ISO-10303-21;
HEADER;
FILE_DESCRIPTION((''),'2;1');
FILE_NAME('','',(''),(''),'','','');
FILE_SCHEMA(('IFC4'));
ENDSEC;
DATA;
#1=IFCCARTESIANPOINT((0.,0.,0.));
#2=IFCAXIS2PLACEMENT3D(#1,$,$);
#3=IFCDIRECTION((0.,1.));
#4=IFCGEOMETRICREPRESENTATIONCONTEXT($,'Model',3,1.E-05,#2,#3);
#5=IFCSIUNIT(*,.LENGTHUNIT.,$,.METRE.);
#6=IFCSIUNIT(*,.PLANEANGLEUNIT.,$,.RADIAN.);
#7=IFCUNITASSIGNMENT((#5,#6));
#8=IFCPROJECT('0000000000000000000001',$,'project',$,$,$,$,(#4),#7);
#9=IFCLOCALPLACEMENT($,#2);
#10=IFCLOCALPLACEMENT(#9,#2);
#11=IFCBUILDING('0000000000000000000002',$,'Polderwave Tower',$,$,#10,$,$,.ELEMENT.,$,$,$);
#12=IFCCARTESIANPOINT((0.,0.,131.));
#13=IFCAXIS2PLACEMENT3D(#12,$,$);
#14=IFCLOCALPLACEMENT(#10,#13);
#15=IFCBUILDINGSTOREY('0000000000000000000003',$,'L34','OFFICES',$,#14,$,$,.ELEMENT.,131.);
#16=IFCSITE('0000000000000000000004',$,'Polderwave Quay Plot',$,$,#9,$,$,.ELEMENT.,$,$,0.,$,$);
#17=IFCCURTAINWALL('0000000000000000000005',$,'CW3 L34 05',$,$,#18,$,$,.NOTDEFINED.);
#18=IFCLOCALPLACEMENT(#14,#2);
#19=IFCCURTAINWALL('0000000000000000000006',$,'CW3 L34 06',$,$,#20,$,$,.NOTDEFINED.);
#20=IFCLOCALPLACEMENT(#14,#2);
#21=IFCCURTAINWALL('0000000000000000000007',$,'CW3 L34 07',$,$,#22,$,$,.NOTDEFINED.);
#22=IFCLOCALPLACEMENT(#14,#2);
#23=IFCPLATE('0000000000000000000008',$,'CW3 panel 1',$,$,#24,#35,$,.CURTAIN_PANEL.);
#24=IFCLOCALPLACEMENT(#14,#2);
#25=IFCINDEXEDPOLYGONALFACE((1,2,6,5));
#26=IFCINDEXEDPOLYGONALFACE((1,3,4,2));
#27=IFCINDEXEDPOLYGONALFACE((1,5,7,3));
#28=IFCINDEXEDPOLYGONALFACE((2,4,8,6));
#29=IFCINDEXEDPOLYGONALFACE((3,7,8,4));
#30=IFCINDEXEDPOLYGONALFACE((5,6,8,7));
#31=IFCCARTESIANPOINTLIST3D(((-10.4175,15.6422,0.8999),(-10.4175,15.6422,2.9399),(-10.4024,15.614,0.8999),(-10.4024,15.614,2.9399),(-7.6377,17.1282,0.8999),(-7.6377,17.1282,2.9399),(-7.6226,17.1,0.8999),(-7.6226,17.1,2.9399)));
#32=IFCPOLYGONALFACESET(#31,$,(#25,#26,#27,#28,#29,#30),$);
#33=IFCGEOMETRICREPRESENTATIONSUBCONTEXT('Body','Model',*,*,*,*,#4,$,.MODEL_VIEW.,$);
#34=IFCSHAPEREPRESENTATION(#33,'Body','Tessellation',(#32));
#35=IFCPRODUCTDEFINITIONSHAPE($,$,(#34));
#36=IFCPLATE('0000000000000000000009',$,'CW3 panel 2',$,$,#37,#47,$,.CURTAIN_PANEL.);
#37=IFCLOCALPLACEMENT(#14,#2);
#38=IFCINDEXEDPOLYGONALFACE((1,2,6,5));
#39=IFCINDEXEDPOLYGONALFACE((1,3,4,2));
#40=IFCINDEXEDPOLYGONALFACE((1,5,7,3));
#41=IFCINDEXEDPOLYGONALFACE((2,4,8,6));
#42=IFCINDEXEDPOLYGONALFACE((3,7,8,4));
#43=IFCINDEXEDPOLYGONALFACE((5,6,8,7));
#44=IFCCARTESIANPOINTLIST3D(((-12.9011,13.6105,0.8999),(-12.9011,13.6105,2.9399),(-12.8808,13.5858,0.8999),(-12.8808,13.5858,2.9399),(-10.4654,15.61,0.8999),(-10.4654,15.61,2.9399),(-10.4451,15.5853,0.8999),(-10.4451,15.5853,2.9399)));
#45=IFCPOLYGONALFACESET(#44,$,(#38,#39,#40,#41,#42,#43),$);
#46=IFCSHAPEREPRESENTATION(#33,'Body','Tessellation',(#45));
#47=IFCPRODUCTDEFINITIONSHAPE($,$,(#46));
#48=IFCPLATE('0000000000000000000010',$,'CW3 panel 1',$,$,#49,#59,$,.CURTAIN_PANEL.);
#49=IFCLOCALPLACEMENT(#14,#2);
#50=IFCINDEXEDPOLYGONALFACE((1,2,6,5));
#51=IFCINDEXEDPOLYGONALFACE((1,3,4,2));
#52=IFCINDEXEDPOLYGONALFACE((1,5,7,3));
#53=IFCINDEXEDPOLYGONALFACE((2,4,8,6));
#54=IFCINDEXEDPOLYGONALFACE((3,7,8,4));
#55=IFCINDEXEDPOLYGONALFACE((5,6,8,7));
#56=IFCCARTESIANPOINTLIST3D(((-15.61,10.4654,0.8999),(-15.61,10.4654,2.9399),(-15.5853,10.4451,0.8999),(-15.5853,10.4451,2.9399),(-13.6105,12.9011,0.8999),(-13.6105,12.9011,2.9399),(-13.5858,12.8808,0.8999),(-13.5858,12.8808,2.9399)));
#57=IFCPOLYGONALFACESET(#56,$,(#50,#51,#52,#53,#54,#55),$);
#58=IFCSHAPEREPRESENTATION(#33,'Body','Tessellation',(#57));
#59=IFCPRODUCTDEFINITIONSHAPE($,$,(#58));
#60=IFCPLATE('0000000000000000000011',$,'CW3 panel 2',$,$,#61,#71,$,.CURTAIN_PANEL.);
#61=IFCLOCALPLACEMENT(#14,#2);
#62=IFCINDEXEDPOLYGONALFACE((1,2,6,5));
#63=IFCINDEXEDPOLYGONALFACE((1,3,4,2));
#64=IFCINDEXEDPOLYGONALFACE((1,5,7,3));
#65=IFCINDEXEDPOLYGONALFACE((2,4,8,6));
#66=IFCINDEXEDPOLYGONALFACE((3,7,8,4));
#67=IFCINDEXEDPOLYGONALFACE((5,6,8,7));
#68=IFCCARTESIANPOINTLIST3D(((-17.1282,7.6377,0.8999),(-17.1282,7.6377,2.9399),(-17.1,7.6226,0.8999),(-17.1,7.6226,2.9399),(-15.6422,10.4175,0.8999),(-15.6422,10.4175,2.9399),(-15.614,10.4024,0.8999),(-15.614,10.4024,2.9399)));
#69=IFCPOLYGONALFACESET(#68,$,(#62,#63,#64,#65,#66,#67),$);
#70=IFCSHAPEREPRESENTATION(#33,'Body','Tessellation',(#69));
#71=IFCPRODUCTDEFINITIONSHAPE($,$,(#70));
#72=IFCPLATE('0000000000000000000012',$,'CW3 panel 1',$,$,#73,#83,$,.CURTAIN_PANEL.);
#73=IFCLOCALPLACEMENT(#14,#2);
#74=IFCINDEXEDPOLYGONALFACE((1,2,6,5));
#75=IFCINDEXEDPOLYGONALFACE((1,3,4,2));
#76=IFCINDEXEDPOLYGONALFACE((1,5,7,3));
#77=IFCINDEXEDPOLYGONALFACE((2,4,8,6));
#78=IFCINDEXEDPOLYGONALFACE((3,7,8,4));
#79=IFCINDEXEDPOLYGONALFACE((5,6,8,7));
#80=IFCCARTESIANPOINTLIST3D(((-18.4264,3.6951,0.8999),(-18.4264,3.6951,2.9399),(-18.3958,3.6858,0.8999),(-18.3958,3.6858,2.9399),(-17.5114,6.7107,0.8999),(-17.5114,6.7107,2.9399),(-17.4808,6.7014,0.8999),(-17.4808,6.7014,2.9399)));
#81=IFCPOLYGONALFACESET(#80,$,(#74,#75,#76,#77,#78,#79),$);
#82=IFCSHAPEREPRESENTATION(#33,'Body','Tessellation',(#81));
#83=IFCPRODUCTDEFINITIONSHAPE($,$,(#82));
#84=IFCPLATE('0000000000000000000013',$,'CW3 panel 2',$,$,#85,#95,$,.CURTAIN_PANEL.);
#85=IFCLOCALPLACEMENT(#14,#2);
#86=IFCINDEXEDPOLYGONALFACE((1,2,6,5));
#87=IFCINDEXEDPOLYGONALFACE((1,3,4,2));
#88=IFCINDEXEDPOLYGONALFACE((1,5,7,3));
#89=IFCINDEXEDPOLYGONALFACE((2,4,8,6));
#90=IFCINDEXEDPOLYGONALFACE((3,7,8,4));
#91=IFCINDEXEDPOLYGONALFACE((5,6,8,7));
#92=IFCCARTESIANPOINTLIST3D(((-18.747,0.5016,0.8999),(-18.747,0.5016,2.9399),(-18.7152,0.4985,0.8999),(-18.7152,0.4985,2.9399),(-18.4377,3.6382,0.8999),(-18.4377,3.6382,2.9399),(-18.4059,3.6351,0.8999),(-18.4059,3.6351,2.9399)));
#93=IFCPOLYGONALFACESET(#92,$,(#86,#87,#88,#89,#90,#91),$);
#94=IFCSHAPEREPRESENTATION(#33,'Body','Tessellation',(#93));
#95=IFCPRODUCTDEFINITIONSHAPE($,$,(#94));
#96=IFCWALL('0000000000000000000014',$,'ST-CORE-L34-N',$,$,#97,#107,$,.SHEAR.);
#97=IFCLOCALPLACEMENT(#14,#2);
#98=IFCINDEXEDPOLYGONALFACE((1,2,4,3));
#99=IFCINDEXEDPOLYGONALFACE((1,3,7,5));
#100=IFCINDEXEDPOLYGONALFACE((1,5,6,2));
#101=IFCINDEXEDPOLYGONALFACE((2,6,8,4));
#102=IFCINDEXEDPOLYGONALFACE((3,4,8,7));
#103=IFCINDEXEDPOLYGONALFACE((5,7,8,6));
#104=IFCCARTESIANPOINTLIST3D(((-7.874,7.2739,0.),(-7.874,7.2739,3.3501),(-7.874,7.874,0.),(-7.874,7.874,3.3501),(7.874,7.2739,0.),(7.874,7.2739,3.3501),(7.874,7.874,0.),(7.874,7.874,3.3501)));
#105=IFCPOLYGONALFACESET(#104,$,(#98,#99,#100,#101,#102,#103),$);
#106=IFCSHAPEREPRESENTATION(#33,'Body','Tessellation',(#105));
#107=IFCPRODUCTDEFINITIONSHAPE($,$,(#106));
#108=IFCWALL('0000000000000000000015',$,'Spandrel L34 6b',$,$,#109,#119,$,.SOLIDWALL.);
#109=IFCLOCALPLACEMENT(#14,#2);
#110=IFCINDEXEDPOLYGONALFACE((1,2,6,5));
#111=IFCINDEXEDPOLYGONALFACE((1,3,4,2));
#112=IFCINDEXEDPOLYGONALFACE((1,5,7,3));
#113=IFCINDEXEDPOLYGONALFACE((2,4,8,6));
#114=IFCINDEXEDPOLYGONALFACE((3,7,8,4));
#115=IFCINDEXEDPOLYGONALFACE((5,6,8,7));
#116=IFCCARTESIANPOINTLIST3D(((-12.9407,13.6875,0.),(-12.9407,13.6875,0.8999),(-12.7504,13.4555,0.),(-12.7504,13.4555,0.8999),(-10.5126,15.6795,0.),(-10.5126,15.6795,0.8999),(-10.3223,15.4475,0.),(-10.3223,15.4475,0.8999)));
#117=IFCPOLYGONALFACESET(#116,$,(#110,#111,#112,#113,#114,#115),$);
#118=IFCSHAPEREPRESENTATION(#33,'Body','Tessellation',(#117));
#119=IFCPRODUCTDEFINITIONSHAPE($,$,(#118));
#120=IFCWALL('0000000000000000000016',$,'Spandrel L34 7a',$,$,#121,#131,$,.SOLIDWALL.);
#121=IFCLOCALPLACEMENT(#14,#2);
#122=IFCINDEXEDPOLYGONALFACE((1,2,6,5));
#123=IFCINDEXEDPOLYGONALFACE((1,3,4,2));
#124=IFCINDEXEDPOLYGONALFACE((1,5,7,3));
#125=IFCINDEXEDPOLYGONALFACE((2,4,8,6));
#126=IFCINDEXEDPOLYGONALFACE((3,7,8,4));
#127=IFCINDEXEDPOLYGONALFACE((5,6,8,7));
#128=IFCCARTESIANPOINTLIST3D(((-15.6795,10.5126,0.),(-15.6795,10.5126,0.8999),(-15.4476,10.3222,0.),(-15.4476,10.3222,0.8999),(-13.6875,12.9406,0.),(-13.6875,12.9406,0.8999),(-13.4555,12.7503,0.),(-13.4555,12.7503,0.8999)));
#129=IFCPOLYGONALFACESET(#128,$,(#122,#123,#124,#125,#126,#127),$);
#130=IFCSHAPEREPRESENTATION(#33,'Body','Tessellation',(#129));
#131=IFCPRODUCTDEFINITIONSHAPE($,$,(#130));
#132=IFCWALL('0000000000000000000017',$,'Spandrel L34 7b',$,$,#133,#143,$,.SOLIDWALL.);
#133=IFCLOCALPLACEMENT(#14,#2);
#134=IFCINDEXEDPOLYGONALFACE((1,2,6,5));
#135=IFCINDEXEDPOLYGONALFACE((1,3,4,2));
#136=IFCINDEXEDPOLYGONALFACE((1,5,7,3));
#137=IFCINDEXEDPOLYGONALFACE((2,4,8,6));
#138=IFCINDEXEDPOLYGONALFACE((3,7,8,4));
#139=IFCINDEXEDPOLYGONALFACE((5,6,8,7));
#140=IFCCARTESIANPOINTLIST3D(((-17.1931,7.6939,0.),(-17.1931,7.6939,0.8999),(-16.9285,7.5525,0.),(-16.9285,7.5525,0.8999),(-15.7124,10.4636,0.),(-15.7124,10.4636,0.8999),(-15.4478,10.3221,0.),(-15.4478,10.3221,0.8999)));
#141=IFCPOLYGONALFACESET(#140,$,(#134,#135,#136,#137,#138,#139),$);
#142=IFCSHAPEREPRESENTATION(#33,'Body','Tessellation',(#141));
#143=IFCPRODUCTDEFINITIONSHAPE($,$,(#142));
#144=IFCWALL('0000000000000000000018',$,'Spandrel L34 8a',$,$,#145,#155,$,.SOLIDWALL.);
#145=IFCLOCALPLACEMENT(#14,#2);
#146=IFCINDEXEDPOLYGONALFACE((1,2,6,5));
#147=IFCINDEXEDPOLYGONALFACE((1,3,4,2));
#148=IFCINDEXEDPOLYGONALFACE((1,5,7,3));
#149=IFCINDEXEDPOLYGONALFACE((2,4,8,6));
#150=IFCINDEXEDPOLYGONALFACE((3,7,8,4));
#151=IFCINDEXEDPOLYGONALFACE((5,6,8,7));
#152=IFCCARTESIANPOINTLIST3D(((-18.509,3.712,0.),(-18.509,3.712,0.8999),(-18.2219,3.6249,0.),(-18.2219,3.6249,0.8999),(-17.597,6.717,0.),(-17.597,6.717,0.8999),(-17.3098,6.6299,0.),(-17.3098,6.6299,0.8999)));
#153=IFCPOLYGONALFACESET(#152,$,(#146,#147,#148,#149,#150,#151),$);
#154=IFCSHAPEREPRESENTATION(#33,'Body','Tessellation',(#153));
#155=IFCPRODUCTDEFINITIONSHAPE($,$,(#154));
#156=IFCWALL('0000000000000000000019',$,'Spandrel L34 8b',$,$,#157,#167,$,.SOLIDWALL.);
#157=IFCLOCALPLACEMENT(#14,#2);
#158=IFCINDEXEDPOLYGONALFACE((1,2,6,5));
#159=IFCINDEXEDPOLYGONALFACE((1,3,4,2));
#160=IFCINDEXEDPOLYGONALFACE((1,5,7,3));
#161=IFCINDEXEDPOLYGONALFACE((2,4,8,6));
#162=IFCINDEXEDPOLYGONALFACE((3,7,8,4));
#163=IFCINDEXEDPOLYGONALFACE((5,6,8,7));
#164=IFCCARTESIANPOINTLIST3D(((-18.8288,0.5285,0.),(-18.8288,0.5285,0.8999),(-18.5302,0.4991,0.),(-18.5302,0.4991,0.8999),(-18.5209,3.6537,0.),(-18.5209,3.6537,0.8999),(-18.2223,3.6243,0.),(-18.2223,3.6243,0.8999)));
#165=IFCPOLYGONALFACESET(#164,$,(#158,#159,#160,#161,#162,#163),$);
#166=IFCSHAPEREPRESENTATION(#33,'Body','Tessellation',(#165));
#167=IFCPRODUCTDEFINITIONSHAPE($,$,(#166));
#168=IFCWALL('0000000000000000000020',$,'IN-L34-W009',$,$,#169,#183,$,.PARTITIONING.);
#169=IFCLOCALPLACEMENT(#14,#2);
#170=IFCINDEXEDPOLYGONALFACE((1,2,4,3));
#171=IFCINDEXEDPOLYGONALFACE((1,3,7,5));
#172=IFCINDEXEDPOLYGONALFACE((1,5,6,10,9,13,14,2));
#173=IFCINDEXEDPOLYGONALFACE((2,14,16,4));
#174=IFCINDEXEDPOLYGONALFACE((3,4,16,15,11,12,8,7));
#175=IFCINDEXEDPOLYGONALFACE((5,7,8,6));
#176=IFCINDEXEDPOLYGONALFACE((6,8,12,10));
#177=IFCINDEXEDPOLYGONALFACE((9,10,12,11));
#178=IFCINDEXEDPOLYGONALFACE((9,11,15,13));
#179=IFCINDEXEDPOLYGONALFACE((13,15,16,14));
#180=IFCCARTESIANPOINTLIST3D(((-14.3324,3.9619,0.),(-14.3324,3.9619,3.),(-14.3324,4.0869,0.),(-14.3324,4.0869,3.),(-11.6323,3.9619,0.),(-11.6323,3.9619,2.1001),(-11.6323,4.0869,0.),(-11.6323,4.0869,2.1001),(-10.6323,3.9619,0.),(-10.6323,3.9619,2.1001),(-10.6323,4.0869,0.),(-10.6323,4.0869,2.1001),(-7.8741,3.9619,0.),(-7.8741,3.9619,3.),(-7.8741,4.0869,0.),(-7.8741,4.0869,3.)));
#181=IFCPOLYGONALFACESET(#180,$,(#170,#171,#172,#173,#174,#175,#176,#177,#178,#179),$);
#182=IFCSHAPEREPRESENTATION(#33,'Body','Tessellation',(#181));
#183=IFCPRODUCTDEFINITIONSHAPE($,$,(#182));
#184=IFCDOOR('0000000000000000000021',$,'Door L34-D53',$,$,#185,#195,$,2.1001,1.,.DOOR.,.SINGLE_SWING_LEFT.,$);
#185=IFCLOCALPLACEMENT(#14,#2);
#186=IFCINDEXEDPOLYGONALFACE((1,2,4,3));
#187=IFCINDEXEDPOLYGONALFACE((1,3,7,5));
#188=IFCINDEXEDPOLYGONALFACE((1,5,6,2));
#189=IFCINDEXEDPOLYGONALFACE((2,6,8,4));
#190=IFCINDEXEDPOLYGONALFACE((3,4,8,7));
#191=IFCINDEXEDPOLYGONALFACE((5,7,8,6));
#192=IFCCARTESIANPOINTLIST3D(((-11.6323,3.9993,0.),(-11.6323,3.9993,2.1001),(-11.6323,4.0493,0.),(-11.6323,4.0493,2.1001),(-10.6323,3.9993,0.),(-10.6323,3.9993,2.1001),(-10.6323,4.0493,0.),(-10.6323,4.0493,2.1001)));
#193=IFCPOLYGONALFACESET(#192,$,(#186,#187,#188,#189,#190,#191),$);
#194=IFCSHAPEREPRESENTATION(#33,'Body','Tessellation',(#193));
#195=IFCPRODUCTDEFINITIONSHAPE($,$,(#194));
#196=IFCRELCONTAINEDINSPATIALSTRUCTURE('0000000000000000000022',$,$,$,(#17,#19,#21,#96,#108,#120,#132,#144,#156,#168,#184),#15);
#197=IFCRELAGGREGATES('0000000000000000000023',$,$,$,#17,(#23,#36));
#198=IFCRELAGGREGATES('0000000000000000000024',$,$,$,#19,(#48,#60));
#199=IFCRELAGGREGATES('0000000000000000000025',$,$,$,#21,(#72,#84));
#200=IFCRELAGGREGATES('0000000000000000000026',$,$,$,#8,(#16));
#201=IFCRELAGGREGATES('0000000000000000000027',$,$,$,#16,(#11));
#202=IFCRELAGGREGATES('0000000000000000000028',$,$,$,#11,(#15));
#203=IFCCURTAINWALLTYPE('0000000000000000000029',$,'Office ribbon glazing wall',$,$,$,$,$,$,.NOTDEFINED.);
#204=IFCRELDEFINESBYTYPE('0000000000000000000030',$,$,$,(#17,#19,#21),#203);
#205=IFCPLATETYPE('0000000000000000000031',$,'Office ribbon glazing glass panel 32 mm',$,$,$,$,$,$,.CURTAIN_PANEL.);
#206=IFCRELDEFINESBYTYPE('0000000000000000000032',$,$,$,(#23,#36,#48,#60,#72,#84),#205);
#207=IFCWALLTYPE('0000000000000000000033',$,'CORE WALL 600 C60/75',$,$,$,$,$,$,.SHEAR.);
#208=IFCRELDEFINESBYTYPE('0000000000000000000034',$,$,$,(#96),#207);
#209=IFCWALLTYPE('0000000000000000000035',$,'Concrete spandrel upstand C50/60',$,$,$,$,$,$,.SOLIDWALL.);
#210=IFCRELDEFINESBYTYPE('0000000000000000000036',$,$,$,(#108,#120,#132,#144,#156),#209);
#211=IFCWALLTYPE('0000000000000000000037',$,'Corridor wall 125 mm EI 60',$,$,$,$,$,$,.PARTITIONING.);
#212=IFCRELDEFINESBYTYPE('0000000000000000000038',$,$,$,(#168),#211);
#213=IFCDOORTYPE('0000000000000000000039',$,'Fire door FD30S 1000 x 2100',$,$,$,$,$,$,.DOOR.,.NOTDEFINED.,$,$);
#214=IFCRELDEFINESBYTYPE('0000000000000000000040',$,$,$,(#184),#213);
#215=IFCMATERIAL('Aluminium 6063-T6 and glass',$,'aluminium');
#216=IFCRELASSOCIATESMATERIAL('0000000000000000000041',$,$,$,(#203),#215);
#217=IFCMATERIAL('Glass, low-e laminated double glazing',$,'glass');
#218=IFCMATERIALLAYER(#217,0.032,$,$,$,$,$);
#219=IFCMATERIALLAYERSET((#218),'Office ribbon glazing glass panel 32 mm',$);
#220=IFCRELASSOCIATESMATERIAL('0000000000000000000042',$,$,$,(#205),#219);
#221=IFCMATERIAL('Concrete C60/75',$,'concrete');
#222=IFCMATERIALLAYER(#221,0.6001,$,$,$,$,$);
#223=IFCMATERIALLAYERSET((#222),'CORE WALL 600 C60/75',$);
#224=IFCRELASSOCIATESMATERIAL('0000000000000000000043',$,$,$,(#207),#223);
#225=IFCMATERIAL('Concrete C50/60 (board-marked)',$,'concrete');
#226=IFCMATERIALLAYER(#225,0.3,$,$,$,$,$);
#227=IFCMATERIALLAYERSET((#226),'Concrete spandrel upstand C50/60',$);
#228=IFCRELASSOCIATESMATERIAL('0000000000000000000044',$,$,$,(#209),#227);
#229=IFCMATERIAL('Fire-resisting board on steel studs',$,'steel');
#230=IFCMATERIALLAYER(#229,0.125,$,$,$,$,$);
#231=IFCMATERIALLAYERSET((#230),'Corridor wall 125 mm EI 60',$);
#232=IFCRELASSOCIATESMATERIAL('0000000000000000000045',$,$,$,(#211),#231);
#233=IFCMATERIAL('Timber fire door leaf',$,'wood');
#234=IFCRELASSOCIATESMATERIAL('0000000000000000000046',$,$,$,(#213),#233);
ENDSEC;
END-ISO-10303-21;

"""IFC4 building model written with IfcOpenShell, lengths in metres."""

from ifc_helpers import new_model, si_unit, direction, frame, frame_2d, origin, origin_2d, place, context, subcontext, project, spatial, rectangle, extrude, material, layer, layer_set, type_object, element, fill, aggregate, save


model = new_model("IFC4")

# Units and contexts
model_context = context("Model", 3, precision=1e-05, world=origin(), true_north=direction((0.0, 1.0)))
body_context = subcontext(model_context, "Body", "Model", "MODEL_VIEW")
ifc_project = project(units=[si_unit("LENGTHUNIT", "METRE"), si_unit("PLANEANGLEUNIT", "RADIAN")], contexts=[model_context])

# Site, building, storey
site_placement = place(None, origin())
site = spatial("IfcSite", under=ifc_project, at=site_placement, Name="Polderwave Quay Plot", CompositionType="ELEMENT", RefElevation=0.0)
building_placement = place(site_placement, origin())
building = spatial("IfcBuilding", under=site, at=building_placement, Name="Polderwave Tower", CompositionType="ELEMENT")
storey_placement = place(building_placement, frame((0.0, 0.0, 131.0)))
storey = spatial("IfcBuildingStorey", under=building, at=storey_placement, Name="L34", Description="OFFICES", CompositionType="ELEMENT", Elevation=131.0)

# Shared definitions
ifc_material_1 = material(Name="Concrete C60/75", Category="concrete")

# Curtain walls
ifc_material_2 = material(Name="Aluminium 6063-T6 and glass", Category="aluminium")
curtain_wall_type = type_object("IfcCurtainWallType", Name="Office ribbon glazing wall", PredefinedType="NOTDEFINED", material=ifc_material_2)
curtain_wall_1_placement = place(storey_placement, origin())
curtain_wall_1 = element("IfcCurtainWall", 1, at=curtain_wall_1_placement, inside=storey, type_object=curtain_wall_type, Name="CW3 L34 05", PredefinedType="NOTDEFINED")
curtain_wall_2_placement = place(storey_placement, origin())
curtain_wall_2 = element("IfcCurtainWall", 2, at=curtain_wall_2_placement, inside=storey, type_object=curtain_wall_type, Name="CW3 L34 06", PredefinedType="NOTDEFINED")
curtain_wall_3_placement = place(storey_placement, origin())
curtain_wall_3 = element("IfcCurtainWall", 3, at=curtain_wall_3_placement, inside=storey, type_object=curtain_wall_type, Name="CW3 L34 07", PredefinedType="NOTDEFINED")

# Plates
ifc_material_3 = material(Name="Glass, low-e laminated double glazing", Category="glass")
ifc_layer_1 = layer(ifc_material_3, 0.032)
ifc_layer_set_1 = layer_set([ifc_layer_1], Name="Office ribbon glazing glass panel 32 mm")
plate_type = type_object("IfcPlateType", Name="Office ribbon glazing glass panel 32 mm", PredefinedType="CURTAIN_PANEL", material=ifc_layer_set_1)
plate_1_placement = place(storey_placement, frame((-9.02, 16.3711, 0.8999), z_axis=(0.0, 0.0, 1.0), x_axis=(-0.881891, -0.471454, 0.0)))
plate_1 = element("IfcPlate", 4, at=plate_1_placement, type_object=plate_type, Name="CW3 panel 1", PredefinedType="CURTAIN_PANEL", context=body_context, shape_type="SweptSolid", body=[
    extrude(rectangle(XDim=3.1521, YDim=0.032, at=origin_2d()), origin(), (0.0, 0.0, 1.0), 2.04),
])
plate_2_placement = place(storey_placement, frame((-11.6731, 14.5979, 0.8999), z_axis=(0.0, 0.0, 1.0), x_axis=(-0.772919, -0.634505, 0.0)))
plate_2 = element("IfcPlate", 5, at=plate_2_placement, type_object=plate_type, Name="CW3 panel 2", PredefinedType="CURTAIN_PANEL", context=body_context, shape_type="SweptSolid", body=[
    extrude(rectangle(XDim=3.1514, YDim=0.032, at=origin_2d()), origin(), (0.0, 0.0, 1.0), 2.04),
])
aggregate(curtain_wall_1, [plate_1, plate_2])
plate_3_placement = place(storey_placement, frame((-14.5979, 11.6731, 0.8999), z_axis=(0.0, 0.0, 1.0), x_axis=(-0.634505, -0.772919, 0.0)))
plate_3 = element("IfcPlate", 6, at=plate_3_placement, type_object=plate_type, Name="CW3 panel 1", PredefinedType="CURTAIN_PANEL", context=body_context, shape_type="SweptSolid", body=[
    extrude(rectangle(XDim=3.1514, YDim=0.032, at=origin_2d()), origin(), (0.0, 0.0, 1.0), 2.04),
])
plate_4_placement = place(storey_placement, frame((-16.3711, 9.02, 0.8999), z_axis=(0.0, 0.0, 1.0), x_axis=(-0.471454, -0.881891, 0.0)))
plate_4 = element("IfcPlate", 7, at=plate_4_placement, type_object=plate_type, Name="CW3 panel 2", PredefinedType="CURTAIN_PANEL", context=body_context, shape_type="SweptSolid", body=[
    extrude(rectangle(XDim=3.1521, YDim=0.032, at=origin_2d()), origin(), (0.0, 0.0, 1.0), 2.04),
])
aggregate(curtain_wall_2, [plate_3, plate_4])
plate_5_placement = place(storey_placement, frame((-17.9536, 5.1982, 0.8999), z_axis=(0.0, 0.0, 1.0), x_axis=(-0.290348, -0.956921, 0.0)))
plate_5 = element("IfcPlate", 8, at=plate_5_placement, type_object=plate_type, Name="CW3 panel 1", PredefinedType="CURTAIN_PANEL", context=body_context, shape_type="SweptSolid", body=[
    extrude(rectangle(XDim=3.1514, YDim=0.032, at=origin_2d()), origin(), (0.0, 0.0, 1.0), 2.04),
])
plate_6_placement = place(storey_placement, frame((-18.5764, 2.0684, 0.8999), z_axis=(0.0, 0.0, 1.0), x_axis=(-0.098134, -0.995173, 0.0)))
plate_6 = element("IfcPlate", 9, at=plate_6_placement, type_object=plate_type, Name="CW3 panel 2", PredefinedType="CURTAIN_PANEL", context=body_context, shape_type="SweptSolid", body=[
    extrude(rectangle(XDim=3.1519, YDim=0.032, at=origin_2d()), origin(), (0.0, 0.0, 1.0), 2.04),
])
aggregate(curtain_wall_3, [plate_5, plate_6])

# Walls
ifc_layer_2 = layer(ifc_material_1, 0.6001)
ifc_layer_set_2 = layer_set([ifc_layer_2], Name="CORE WALL 600 C60/75")
wall_type_1 = type_object("IfcWallType", Name="CORE WALL 600 C60/75", PredefinedType="SHEAR", material=ifc_layer_set_2)
wall_1_placement = place(storey_placement, frame((-7.874, 7.574, 0.0), z_axis=(0.0, 0.0, 1.0), x_axis=(1.0, 0.0, 0.0)))
element("IfcWall", 10, at=wall_1_placement, inside=storey, type_object=wall_type_1, Name="ST-CORE-L34-N", PredefinedType="SHEAR", context=body_context, shape_type="SweptSolid", body=[
    extrude(rectangle(XDim=15.748, YDim=0.6001, at=frame_2d((7.874, 0.0))), origin(), (0.0, 0.0, 1.0), 3.3501),
])
ifc_material_4 = material(Name="Concrete C50/60 (board-marked)", Category="concrete")
ifc_layer_3 = layer(ifc_material_4, 0.3)
ifc_layer_set_3 = layer_set([ifc_layer_3], Name="Concrete spandrel upstand C50/60")
wall_type_2 = type_object("IfcWallType", Name="Concrete spandrel upstand C50/60", PredefinedType="SOLIDWALL", material=ifc_layer_set_3)
for number, where, z_axis, x_axis, name in (
    (11, (-10.4175, 15.5635, 0.0), (0.0, 0.0, 1.0), (-0.773111, -0.63427, 0.0), "Spandrel L34 6b"),
    (12, (-13.5715, 12.8455, 0.0), (0.0, 0.0, 1.0), (-0.63427, -0.773111, 0.0), "Spandrel L34 7a"),
    (13, (-15.5801, 10.3928, 0.0), (0.0, 0.0, 1.0), (-0.471488, -0.881873, 0.0), "Spandrel L34 7b"),
):
    element("IfcWall", number, at=place(storey_placement, frame(where, z_axis=z_axis, x_axis=x_axis)), inside=storey, type_object=wall_type_2, Name=name, PredefinedType="SOLIDWALL", context=body_context, shape_type="SweptSolid", body=[
        extrude(rectangle(XDim=3.1406, YDim=0.3, at=frame_2d((1.5703, 0.0))), origin(), (0.0, 0.0, 1.0), 0.8999),
    ])
for number, where, z_axis, x_axis, name in (
    (14, (-17.4534, 6.6736, 0.0), (0.0, 0.0, 1.0), (-0.290435, -0.956895, 0.0), "Spandrel L34 8a"),
    (15, (-18.3716, 3.6392, 0.0), (0.0, 0.0, 1.0), (-0.098033, -0.995183, 0.0), "Spandrel L34 8b"),
):
    element("IfcWall", number, at=place(storey_placement, frame(where, z_axis=z_axis, x_axis=x_axis)), inside=storey, type_object=wall_type_2, Name=name, PredefinedType="SOLIDWALL", context=body_context, shape_type="SweptSolid", body=[
        extrude(rectangle(XDim=3.1404, YDim=0.3, at=frame_2d((1.5703, 0.0))), origin(), (0.0, 0.0, 1.0), 0.8999),
    ])

# Wall, opening, door
ifc_material_5 = material(Name="Fire-resisting board on steel studs", Category="steel")
ifc_layer_4 = layer(ifc_material_5, 0.125)
ifc_layer_set_4 = layer_set([ifc_layer_4], Name="Corridor wall 125 mm EI 60")
wall_type_3 = type_object("IfcWallType", Name="Corridor wall 125 mm EI 60", PredefinedType="PARTITIONING", material=ifc_layer_set_4)
wall_2_placement = place(storey_placement, frame((-14.3323, 4.0244, 0.0), z_axis=(0.0, 0.0, 1.0), x_axis=(1.0, 0.0, 0.0)))
wall_2 = element("IfcWall", 16, at=wall_2_placement, inside=storey, type_object=wall_type_3, Name="IN-L34-W009", PredefinedType="PARTITIONING", context=body_context, shape_type="SweptSolid", body=[
    extrude(rectangle(XDim=6.4583, YDim=0.125, at=frame_2d((3.229, 0.0))), origin(), (0.0, 0.0, 1.0), 3.0),
])
opening_1_placement = place(wall_2_placement, frame((2.7, 0.0, 0.0)))
opening_1 = element("IfcOpeningElement", 17, at=opening_1_placement, cuts=wall_2, PredefinedType="OPENING", context=body_context, shape_type="SweptSolid", body=[
    extrude(rectangle(XDim=1.0, YDim=2.1001, at=frame_2d((0.5, 1.05))), frame((0.0, 0.0725, 0.0), z_axis=(0.0, -1.0, 0.0), x_axis=(1.0, 0.0, 0.0)), (0.0, 0.0, 1.0), 0.145),
])
ifc_material_6 = material(Name="Timber fire door leaf", Category="wood")
door_type_1 = type_object("IfcDoorType", Name="Fire door FD30S 1000 x 2100", OperationType="NOTDEFINED", PredefinedType="DOOR", material=ifc_material_6)
door_1_placement = place(opening_1_placement, origin())
door_1 = element("IfcDoor", 18, at=door_1_placement, inside=storey, type_object=door_type_1, Name="Door L34-D53", OperationType="SINGLE_SWING_LEFT", OverallHeight=2.1001, OverallWidth=1.0, PredefinedType="DOOR", context=body_context, shape_type="SweptSolid", body=[
    extrude(rectangle(XDim=1.0, YDim=2.1001, at=frame_2d((0.5, 1.05))), frame((0.0, 0.0249, 0.0), z_axis=(0.0, -1.0, 0.0), x_axis=(1.0, 0.0, 0.0)), (0.0, 0.0, 1.0), 0.05),
])
fill(opening_1, door_1)

save(model, "model.ifc")
